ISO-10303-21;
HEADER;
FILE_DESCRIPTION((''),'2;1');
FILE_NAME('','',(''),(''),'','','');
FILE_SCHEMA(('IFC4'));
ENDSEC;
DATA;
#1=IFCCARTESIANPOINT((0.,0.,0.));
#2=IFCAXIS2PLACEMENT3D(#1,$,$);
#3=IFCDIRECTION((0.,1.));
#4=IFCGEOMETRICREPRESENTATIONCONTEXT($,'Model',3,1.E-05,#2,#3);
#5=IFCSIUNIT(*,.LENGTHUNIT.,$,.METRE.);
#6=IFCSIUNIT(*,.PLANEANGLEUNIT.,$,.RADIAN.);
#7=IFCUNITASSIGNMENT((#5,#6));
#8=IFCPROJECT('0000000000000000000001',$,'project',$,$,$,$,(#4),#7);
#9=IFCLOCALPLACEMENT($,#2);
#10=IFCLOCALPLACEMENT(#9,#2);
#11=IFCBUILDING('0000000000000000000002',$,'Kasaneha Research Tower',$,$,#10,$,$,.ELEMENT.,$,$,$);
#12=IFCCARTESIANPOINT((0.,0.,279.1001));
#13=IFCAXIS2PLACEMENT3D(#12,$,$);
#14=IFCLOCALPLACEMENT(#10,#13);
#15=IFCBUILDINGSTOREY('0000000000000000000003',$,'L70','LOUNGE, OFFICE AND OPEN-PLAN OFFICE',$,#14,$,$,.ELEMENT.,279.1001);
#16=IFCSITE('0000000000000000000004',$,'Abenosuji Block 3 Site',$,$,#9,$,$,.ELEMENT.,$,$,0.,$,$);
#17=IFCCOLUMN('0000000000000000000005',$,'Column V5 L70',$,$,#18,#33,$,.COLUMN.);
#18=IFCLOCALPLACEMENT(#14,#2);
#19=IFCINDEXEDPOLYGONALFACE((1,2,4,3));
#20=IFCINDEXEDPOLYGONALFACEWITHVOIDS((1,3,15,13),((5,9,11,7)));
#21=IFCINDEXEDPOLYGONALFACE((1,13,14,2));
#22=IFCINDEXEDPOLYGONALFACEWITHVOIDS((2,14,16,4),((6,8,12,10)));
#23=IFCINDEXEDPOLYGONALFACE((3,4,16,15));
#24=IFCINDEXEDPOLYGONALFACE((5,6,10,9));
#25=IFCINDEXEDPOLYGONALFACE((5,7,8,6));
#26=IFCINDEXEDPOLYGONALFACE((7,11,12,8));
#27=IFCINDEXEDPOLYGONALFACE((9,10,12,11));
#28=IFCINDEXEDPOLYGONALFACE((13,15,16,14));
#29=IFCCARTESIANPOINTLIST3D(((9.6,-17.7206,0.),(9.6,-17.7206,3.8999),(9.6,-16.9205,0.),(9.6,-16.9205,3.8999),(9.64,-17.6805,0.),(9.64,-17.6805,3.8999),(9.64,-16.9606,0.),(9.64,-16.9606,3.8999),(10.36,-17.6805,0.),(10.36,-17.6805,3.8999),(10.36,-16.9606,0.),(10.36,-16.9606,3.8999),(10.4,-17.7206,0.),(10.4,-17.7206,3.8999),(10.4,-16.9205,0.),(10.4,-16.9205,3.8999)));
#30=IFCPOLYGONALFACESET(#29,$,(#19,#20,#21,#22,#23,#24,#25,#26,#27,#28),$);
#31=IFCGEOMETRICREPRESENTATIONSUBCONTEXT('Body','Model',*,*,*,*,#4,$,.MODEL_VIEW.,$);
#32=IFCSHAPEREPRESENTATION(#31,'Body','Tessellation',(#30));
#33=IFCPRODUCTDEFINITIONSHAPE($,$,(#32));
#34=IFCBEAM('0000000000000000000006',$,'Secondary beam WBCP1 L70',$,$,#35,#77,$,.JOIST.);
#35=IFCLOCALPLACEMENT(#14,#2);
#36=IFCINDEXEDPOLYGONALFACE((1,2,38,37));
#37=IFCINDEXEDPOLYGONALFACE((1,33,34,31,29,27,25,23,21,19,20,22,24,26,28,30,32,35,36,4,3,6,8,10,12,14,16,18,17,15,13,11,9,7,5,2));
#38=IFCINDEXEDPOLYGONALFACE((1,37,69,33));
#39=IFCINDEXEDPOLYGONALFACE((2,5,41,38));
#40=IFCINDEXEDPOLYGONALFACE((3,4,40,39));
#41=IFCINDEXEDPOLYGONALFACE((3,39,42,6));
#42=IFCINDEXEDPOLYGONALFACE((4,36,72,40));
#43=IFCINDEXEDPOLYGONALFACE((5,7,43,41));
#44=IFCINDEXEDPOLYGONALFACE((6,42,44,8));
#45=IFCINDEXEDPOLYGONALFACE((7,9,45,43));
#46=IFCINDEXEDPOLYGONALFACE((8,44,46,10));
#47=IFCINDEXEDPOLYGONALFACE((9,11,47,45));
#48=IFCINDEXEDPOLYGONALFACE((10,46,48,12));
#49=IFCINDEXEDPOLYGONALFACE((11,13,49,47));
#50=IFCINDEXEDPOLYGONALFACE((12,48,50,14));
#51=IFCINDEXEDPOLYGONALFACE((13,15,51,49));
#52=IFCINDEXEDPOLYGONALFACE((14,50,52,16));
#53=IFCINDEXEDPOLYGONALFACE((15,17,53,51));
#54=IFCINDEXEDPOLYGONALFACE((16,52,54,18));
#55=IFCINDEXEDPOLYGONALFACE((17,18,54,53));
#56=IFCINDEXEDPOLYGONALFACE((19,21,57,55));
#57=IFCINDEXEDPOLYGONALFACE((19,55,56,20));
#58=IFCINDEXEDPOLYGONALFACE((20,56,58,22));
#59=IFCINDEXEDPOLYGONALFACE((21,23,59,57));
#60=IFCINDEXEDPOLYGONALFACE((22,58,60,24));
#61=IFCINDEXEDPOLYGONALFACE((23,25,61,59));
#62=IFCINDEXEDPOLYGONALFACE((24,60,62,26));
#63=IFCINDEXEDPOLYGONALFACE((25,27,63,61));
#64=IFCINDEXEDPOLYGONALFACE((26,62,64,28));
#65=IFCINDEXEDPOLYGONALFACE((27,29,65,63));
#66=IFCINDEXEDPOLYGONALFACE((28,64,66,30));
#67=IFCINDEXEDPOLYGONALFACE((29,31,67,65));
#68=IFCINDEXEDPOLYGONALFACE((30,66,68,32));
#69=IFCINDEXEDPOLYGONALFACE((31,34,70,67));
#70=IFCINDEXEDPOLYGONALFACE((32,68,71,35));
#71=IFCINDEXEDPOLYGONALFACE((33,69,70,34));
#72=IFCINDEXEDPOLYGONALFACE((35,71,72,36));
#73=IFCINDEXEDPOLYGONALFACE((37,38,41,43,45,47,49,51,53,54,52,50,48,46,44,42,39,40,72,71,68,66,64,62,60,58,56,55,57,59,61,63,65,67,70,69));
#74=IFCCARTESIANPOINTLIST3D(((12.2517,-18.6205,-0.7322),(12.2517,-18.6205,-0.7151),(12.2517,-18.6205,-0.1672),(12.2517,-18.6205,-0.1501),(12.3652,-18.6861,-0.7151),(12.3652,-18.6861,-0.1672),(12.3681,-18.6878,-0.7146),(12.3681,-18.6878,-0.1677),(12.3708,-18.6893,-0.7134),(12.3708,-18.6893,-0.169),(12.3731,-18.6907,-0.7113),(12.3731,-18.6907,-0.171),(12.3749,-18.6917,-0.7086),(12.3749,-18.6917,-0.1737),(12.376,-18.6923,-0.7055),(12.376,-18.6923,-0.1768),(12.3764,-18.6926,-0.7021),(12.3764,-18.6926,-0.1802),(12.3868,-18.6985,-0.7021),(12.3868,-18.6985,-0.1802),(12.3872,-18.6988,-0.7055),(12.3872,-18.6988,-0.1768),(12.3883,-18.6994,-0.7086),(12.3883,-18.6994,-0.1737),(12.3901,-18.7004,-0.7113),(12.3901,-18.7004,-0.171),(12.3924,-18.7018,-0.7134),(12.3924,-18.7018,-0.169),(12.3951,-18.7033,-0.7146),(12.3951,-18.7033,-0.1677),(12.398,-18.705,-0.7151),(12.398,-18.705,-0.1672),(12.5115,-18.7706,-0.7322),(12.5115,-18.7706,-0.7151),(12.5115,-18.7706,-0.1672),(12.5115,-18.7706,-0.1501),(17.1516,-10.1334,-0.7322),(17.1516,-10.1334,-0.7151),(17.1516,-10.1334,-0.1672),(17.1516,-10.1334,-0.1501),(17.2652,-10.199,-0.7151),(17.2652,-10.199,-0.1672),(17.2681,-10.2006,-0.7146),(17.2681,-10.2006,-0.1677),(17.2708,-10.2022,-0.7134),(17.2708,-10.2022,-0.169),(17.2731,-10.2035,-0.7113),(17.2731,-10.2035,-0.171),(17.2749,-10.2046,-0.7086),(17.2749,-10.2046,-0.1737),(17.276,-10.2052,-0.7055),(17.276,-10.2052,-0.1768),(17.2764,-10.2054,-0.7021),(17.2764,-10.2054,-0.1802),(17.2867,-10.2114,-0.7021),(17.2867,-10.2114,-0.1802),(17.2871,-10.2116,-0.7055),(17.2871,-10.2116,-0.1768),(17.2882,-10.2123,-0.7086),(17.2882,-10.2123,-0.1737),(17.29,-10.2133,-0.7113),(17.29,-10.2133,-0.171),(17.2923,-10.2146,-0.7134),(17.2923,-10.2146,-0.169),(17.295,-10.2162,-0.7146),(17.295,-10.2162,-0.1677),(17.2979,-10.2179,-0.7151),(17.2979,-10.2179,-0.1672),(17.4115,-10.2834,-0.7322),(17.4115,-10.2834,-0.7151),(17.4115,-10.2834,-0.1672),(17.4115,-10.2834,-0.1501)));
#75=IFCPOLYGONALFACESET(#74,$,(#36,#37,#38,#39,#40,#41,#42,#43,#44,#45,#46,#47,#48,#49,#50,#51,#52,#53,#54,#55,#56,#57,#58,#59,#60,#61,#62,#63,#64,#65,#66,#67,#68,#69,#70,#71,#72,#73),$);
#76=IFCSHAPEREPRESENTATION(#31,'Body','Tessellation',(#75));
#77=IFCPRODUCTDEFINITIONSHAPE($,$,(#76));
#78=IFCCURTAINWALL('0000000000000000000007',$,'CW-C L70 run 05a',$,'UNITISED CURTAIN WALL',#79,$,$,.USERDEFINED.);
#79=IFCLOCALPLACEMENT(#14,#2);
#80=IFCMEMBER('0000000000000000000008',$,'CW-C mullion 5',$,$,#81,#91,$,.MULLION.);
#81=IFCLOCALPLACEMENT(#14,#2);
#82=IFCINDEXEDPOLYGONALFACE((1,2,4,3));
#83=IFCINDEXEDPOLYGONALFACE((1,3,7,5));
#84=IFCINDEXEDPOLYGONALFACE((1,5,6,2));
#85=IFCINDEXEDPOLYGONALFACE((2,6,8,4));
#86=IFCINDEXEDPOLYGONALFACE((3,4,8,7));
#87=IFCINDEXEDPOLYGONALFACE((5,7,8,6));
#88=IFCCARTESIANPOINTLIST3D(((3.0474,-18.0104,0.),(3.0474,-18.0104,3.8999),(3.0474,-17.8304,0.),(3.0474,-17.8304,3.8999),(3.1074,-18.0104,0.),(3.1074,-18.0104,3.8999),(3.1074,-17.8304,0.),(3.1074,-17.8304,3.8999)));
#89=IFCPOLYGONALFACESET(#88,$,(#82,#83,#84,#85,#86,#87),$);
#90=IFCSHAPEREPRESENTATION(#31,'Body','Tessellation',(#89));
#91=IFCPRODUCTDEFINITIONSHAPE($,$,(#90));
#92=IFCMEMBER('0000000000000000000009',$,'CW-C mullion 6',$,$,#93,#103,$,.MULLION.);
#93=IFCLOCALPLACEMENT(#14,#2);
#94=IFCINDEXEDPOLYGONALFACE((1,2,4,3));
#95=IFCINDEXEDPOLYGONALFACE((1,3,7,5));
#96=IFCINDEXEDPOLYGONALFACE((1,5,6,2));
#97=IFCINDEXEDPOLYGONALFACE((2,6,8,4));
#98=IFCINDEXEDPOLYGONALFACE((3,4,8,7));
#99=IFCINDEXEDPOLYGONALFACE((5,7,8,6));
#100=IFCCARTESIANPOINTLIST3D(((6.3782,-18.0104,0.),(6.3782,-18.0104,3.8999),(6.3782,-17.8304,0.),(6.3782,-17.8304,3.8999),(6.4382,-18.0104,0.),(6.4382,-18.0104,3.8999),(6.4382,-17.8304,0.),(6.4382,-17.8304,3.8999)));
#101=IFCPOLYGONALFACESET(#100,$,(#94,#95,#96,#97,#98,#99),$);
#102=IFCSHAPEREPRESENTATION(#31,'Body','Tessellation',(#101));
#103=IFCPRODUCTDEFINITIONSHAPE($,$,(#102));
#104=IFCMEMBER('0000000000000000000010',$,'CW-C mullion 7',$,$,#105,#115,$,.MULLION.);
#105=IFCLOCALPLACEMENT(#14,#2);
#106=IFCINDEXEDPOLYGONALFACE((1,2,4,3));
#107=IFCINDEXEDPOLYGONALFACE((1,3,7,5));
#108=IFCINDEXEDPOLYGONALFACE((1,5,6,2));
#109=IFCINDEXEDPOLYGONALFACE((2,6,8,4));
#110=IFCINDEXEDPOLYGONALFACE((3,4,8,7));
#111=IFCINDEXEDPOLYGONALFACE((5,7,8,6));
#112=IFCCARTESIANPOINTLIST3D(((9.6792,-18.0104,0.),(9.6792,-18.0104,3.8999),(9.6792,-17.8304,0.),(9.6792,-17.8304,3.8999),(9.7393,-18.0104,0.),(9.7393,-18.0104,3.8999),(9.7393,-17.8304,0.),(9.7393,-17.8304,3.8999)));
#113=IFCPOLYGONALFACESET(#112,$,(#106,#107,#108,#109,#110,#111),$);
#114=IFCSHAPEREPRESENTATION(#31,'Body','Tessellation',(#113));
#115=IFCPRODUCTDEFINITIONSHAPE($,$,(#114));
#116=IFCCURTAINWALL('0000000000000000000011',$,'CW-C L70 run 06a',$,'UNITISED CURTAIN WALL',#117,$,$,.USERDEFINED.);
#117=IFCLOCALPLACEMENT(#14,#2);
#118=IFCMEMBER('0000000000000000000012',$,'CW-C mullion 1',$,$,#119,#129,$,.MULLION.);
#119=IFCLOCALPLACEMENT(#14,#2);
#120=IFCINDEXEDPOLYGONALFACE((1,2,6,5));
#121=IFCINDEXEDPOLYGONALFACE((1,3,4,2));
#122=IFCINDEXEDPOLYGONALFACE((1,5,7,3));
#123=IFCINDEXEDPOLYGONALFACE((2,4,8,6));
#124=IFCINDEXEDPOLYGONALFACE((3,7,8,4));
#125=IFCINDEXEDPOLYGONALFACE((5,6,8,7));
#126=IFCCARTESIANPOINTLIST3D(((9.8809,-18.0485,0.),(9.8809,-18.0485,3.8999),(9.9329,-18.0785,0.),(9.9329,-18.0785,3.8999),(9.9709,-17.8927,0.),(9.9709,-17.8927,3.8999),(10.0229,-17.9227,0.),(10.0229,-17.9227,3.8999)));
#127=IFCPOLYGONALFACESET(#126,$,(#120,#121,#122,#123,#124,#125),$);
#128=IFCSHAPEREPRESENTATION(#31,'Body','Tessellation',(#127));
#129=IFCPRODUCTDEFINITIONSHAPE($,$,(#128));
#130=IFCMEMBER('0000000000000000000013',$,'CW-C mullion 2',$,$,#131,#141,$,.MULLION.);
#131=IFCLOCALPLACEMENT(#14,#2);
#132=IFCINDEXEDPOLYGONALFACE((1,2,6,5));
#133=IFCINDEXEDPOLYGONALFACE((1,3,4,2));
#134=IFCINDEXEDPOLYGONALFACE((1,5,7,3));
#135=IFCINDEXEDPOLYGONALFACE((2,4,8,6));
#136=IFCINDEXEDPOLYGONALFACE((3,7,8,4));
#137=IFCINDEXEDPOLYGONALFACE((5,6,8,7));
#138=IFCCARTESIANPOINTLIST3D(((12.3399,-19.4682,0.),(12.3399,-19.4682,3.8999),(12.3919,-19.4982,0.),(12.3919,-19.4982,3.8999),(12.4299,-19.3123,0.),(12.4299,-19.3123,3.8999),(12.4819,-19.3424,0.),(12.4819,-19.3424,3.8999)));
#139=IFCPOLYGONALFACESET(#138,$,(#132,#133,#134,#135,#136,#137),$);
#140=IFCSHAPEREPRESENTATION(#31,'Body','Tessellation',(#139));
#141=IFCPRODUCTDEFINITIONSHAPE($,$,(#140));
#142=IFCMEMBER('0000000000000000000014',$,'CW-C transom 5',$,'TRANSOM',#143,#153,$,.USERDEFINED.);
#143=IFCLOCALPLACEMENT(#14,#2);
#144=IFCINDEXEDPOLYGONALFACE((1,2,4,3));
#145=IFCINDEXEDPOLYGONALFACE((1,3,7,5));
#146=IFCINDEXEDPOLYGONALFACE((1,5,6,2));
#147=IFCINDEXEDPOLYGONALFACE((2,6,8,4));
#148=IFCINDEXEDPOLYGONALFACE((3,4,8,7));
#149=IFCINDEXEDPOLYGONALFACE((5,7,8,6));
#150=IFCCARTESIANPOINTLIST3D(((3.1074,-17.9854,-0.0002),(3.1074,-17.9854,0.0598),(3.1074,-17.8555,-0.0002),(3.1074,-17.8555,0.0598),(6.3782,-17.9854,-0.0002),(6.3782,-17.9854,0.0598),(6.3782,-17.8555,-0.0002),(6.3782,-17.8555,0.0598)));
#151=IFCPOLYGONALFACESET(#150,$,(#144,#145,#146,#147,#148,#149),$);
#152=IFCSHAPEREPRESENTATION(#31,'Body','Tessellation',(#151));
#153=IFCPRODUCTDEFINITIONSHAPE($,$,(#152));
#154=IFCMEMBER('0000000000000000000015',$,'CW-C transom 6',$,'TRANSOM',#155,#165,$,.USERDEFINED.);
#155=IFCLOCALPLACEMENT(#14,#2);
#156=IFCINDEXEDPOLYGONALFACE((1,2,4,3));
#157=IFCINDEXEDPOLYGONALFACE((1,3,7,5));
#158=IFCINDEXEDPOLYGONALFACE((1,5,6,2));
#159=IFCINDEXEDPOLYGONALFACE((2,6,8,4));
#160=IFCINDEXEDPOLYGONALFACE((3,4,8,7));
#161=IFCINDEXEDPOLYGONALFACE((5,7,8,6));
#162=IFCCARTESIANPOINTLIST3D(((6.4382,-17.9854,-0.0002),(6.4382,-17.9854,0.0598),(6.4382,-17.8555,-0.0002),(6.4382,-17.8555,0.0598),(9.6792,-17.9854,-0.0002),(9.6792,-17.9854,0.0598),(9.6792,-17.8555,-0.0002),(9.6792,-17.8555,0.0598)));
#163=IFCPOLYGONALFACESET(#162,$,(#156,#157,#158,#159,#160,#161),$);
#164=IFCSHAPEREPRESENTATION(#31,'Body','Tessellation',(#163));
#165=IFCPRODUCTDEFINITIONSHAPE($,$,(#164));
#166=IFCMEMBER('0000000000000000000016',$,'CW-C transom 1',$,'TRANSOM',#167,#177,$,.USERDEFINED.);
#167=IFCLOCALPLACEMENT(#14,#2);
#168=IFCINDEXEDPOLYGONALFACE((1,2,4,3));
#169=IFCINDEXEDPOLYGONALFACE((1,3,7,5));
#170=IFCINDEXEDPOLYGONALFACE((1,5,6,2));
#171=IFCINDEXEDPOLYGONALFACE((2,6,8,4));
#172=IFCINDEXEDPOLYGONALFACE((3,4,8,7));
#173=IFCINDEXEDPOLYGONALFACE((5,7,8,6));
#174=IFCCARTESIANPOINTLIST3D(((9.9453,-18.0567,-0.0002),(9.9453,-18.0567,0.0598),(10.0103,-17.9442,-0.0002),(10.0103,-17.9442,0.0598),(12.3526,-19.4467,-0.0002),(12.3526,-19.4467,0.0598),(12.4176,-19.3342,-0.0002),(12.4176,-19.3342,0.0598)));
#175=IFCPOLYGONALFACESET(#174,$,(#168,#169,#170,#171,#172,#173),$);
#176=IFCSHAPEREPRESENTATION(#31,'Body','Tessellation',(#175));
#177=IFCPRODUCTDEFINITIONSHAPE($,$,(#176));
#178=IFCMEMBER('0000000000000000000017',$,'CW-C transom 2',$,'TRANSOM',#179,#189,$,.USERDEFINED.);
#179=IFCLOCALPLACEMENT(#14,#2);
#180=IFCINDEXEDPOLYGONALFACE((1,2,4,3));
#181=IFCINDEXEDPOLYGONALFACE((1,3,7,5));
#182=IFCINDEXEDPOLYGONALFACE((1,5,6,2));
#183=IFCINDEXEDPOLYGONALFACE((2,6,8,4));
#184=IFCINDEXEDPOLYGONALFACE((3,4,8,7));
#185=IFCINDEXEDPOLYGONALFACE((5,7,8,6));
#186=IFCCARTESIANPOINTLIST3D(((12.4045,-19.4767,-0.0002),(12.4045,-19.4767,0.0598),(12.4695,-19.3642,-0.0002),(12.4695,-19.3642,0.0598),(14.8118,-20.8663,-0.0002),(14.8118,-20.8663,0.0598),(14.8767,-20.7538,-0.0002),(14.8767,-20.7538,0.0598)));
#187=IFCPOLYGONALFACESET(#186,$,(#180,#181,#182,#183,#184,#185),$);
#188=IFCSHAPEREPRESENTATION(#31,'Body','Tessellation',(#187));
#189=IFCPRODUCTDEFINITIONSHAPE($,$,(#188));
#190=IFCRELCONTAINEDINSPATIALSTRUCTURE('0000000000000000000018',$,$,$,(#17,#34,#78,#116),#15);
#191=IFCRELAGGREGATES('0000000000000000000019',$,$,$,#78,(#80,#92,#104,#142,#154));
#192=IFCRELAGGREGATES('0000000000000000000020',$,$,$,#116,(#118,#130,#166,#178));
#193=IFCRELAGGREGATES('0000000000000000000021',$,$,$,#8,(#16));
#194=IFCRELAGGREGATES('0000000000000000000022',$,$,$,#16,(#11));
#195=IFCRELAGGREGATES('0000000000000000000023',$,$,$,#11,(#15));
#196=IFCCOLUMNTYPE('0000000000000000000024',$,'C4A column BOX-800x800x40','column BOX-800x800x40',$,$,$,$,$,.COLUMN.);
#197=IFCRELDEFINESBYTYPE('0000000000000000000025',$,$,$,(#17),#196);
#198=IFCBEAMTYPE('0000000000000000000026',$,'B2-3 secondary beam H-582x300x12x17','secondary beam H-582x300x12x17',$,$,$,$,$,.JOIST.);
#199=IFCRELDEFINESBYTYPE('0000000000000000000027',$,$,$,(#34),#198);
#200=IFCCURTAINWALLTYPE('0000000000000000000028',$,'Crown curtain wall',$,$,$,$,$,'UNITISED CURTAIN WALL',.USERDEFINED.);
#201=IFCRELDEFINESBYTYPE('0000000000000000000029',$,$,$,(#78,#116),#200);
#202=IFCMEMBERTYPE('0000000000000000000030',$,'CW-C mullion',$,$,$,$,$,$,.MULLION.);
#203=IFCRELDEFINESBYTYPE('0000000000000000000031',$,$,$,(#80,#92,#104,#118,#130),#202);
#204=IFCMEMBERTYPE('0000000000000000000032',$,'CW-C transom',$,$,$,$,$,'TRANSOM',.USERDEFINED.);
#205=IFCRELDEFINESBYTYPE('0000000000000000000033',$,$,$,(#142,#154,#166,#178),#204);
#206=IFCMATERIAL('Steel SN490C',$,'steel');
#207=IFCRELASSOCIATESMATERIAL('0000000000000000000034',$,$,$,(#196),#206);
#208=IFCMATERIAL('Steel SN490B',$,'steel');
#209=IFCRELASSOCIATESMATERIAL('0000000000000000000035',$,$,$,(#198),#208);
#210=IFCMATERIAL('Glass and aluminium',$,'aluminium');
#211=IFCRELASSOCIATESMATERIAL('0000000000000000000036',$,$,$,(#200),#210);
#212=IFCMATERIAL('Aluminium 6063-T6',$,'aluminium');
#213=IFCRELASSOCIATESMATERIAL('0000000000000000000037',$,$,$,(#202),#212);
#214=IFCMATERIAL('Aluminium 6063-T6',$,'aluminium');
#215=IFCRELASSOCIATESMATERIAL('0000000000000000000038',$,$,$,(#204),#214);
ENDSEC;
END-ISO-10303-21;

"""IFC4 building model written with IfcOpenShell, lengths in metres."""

from ifc_helpers import new_model, si_unit, direction, frame, origin, origin_2d, place, context, subcontext, project, spatial, rectangle, hollow_rectangle, i_section, extrude, material, material_profile, profile_set, type_object, element, aggregate, save


model = new_model("IFC4")

# Units and contexts
model_context = context("Model", 3, precision=1e-05, world=origin(), true_north=direction((0.0, 1.0)))
body_context = subcontext(model_context, "Body", "Model", "MODEL_VIEW")
ifc_project = project(units=[si_unit("LENGTHUNIT", "METRE"), si_unit("PLANEANGLEUNIT", "RADIAN")], contexts=[model_context])

# Site, building, storey
site_placement = place(None, origin())
site = spatial("IfcSite", under=ifc_project, at=site_placement, Name="Abenosuji Block 3 Site", CompositionType="ELEMENT", RefElevation=0.0)
building_placement = place(site_placement, origin())
building = spatial("IfcBuilding", under=site, at=building_placement, Name="Kasaneha Research Tower", CompositionType="ELEMENT")
storey_placement = place(building_placement, frame((0.0, 0.0, 279.1001)))
storey = spatial("IfcBuildingStorey", under=building, at=storey_placement, Name="L70", Description="LOUNGE, OFFICE AND OPEN-PLAN OFFICE", CompositionType="ELEMENT", Elevation=279.1001)

# Column
ifc_material_1 = material(Name="Steel SN490C", Category="steel")
ifc_material_profile_1 = material_profile(ifc_material_1, hollow_rectangle(XDim=0.8, YDim=0.8, WallThickness=0.04, at=origin_2d()), Name="BOX-800x800x40")
ifc_profile_set_1 = profile_set([ifc_material_profile_1], Name="Steel SN490C")
column_type = type_object("IfcColumnType", Name="C4A column BOX-800x800x40", Description="column BOX-800x800x40", PredefinedType="COLUMN", material=ifc_profile_set_1)
column_placement = place(storey_placement, frame((10.0, -17.3206, 0.0), z_axis=(0.0, 0.0, 1.0), x_axis=(1.0, 0.0, 0.0)))
element("IfcColumn", 1, at=column_placement, inside=storey, type_object=column_type, Name="Column V5 L70", PredefinedType="COLUMN", context=body_context, shape_type="SweptSolid", body=[
    extrude(hollow_rectangle(XDim=0.8, YDim=0.8, WallThickness=0.04, at=origin_2d()), origin(), (0.0, 0.0, 1.0), 3.8999),
])

# Beam
ifc_material_2 = material(Name="Steel SN490B", Category="steel")
ifc_material_profile_2 = material_profile(ifc_material_2, i_section(OverallWidth=0.3, OverallDepth=0.582, WebThickness=0.012, FlangeThickness=0.0171, FilletRadius=0.0129, at=origin_2d()), Name="H-582x300x12x17")
ifc_profile_set_2 = profile_set([ifc_material_profile_2], Name="Steel SN490B")
beam_type_1 = type_object("IfcBeamType", Name="B2-3 secondary beam H-582x300x12x17", Description="secondary beam H-582x300x12x17", PredefinedType="JOIST", material=ifc_profile_set_2)
beam_1_placement = place(storey_placement, frame((12.3816, -18.6956, -0.4412), z_axis=(0.499992, 0.86603, 0.0), x_axis=(-0.86603, 0.499992, 0.0)))
element("IfcBeam", 2, at=beam_1_placement, inside=storey, type_object=beam_type_1, Name="Secondary beam WBCP1 L70", PredefinedType="JOIST", context=body_context, shape_type="SweptSolid", body=[
    extrude(i_section(OverallWidth=0.3, OverallDepth=0.582, WebThickness=0.012, FlangeThickness=0.0171, FilletRadius=0.0129, at=origin_2d()), origin(), (0.0, 0.0, 1.0), 9.8),
])

# Curtain walls, members
ifc_material_3 = material(Name="Glass and aluminium", Category="aluminium")
curtain_wall_type = type_object("IfcCurtainWallType", Name="Crown curtain wall", ElementType="UNITISED CURTAIN WALL", PredefinedType="USERDEFINED", material=ifc_material_3)
curtain_wall_1_placement = place(storey_placement, origin())
curtain_wall_1 = element("IfcCurtainWall", 3, at=curtain_wall_1_placement, inside=storey, type_object=curtain_wall_type, Name="CW-C L70 run 05a", ObjectType="UNITISED CURTAIN WALL", PredefinedType="USERDEFINED")
ifc_material_4 = material(Name="Aluminium 6063-T6", Category="aluminium")
ifc_material_profile_3 = material_profile(ifc_material_4, rectangle(XDim=0.0601, YDim=0.1799, at=origin_2d()), Name="CW-C mullion 60x180")
ifc_profile_set_3 = profile_set([ifc_material_profile_3], Name="Aluminium 6063-T6")
member_type_1 = type_object("IfcMemberType", Name="CW-C mullion", PredefinedType="MULLION", material=ifc_profile_set_3)
member_1_placement = place(storey_placement, frame((3.0774, -17.9204, 0.0), z_axis=(0.0, 0.0, 1.0), x_axis=(1.0, 0.0, 0.0)))
member_1 = element("IfcMember", 4, at=member_1_placement, type_object=member_type_1, Name="CW-C mullion 5", PredefinedType="MULLION", context=body_context, shape_type="SweptSolid", body=[
    extrude(rectangle(XDim=0.0601, YDim=0.1799, at=origin_2d()), origin(), (0.0, 0.0, 1.0), 3.8999),
])
member_2_placement = place(storey_placement, frame((6.4082, -17.9204, 0.0), z_axis=(0.0, 0.0, 1.0), x_axis=(1.0, 0.0, 0.0)))
member_2 = element("IfcMember", 5, at=member_2_placement, type_object=member_type_1, Name="CW-C mullion 6", PredefinedType="MULLION", context=body_context, shape_type="SweptSolid", body=[
    extrude(rectangle(XDim=0.0601, YDim=0.1799, at=origin_2d()), origin(), (0.0, 0.0, 1.0), 3.8999),
])
member_3_placement = place(storey_placement, frame((9.7092, -17.9204, 0.0), z_axis=(0.0, 0.0, 1.0), x_axis=(1.0, 0.0, 0.0)))
member_3 = element("IfcMember", 6, at=member_3_placement, type_object=member_type_1, Name="CW-C mullion 7", PredefinedType="MULLION", context=body_context, shape_type="SweptSolid", body=[
    extrude(rectangle(XDim=0.0601, YDim=0.1799, at=origin_2d()), origin(), (0.0, 0.0, 1.0), 3.8999),
])
curtain_wall_2_placement = place(storey_placement, origin())
curtain_wall_2 = element("IfcCurtainWall", 7, at=curtain_wall_2_placement, inside=storey, type_object=curtain_wall_type, Name="CW-C L70 run 06a", ObjectType="UNITISED CURTAIN WALL", PredefinedType="USERDEFINED")
member_4_placement = place(storey_placement, frame((9.9519, -17.9856, 0.0), z_axis=(0.0, 0.0, 1.0), x_axis=(0.866025, -0.5, 0.0)))
member_4 = element("IfcMember", 8, at=member_4_placement, type_object=member_type_1, Name="CW-C mullion 1", PredefinedType="MULLION", context=body_context, shape_type="SweptSolid", body=[
    extrude(rectangle(XDim=0.0601, YDim=0.1799, at=origin_2d()), origin(), (0.0, 0.0, 1.0), 3.8999),
])
member_5_placement = place(storey_placement, frame((12.4109, -19.4053, 0.0), z_axis=(0.0, 0.0, 1.0), x_axis=(0.866025, -0.5, 0.0)))
member_5 = element("IfcMember", 9, at=member_5_placement, type_object=member_type_1, Name="CW-C mullion 2", PredefinedType="MULLION", context=body_context, shape_type="SweptSolid", body=[
    extrude(rectangle(XDim=0.0601, YDim=0.1799, at=origin_2d()), origin(), (0.0, 0.0, 1.0), 3.8999),
])

# Members
ifc_material_5 = material(Name="Aluminium 6063-T6", Category="aluminium")
ifc_material_profile_4 = material_profile(ifc_material_5, rectangle(XDim=0.1299, YDim=0.0601, at=origin_2d()), Name="CW-C transom 130x60")
ifc_profile_set_4 = profile_set([ifc_material_profile_4], Name="Aluminium 6063-T6")
member_type_2 = type_object("IfcMemberType", Name="CW-C transom", ElementType="TRANSOM", PredefinedType="USERDEFINED", material=ifc_profile_set_4)
member_6_placement = place(storey_placement, frame((3.1074, -17.9204, 0.0298), z_axis=(1.0, 0.0, 0.0), x_axis=(0.0, 1.0, 0.0)))
member_6 = element("IfcMember", 10, at=member_6_placement, type_object=member_type_2, Name="CW-C transom 5", ObjectType="TRANSOM", PredefinedType="USERDEFINED", context=body_context, shape_type="SweptSolid", body=[
    extrude(rectangle(XDim=0.1299, YDim=0.0601, at=origin_2d()), origin(), (0.0, 0.0, 1.0), 3.2708),
])
member_7_placement = place(storey_placement, frame((6.4382, -17.9204, 0.0298), z_axis=(1.0, 0.0, 0.0), x_axis=(0.0, 1.0, 0.0)))
member_7 = element("IfcMember", 11, at=member_7_placement, type_object=member_type_2, Name="CW-C transom 6", ObjectType="TRANSOM", PredefinedType="USERDEFINED", context=body_context, shape_type="SweptSolid", body=[
    extrude(rectangle(XDim=0.1299, YDim=0.0601, at=origin_2d()), origin(), (0.0, 0.0, 1.0), 3.241),
])
member_8_placement = place(storey_placement, frame((9.9778, -18.0005, 0.0298), z_axis=(0.866013, -0.500021, 0.0), x_axis=(0.500021, 0.866013, 0.0)))
member_8 = element("IfcMember", 12, at=member_8_placement, type_object=member_type_2, Name="CW-C transom 1", ObjectType="TRANSOM", PredefinedType="USERDEFINED", context=body_context, shape_type="SweptSolid", body=[
    extrude(rectangle(XDim=0.1299, YDim=0.0601, at=origin_2d()), origin(), (0.0, 0.0, 1.0), 2.7798),
])
member_9_placement = place(storey_placement, frame((12.437, -19.4204, 0.0298), z_axis=(0.866051, -0.499956, 0.0), x_axis=(0.499956, 0.866051, 0.0)))
member_9 = element("IfcMember", 13, at=member_9_placement, type_object=member_type_2, Name="CW-C transom 2", ObjectType="TRANSOM", PredefinedType="USERDEFINED", context=body_context, shape_type="SweptSolid", body=[
    extrude(rectangle(XDim=0.1299, YDim=0.0601, at=origin_2d()), origin(), (0.0, 0.0, 1.0), 2.7795),
])

aggregate(curtain_wall_1, [member_1, member_2, member_3, member_6, member_7])
aggregate(curtain_wall_2, [member_4, member_5, member_8, member_9])

save(model, "model.ifc")
